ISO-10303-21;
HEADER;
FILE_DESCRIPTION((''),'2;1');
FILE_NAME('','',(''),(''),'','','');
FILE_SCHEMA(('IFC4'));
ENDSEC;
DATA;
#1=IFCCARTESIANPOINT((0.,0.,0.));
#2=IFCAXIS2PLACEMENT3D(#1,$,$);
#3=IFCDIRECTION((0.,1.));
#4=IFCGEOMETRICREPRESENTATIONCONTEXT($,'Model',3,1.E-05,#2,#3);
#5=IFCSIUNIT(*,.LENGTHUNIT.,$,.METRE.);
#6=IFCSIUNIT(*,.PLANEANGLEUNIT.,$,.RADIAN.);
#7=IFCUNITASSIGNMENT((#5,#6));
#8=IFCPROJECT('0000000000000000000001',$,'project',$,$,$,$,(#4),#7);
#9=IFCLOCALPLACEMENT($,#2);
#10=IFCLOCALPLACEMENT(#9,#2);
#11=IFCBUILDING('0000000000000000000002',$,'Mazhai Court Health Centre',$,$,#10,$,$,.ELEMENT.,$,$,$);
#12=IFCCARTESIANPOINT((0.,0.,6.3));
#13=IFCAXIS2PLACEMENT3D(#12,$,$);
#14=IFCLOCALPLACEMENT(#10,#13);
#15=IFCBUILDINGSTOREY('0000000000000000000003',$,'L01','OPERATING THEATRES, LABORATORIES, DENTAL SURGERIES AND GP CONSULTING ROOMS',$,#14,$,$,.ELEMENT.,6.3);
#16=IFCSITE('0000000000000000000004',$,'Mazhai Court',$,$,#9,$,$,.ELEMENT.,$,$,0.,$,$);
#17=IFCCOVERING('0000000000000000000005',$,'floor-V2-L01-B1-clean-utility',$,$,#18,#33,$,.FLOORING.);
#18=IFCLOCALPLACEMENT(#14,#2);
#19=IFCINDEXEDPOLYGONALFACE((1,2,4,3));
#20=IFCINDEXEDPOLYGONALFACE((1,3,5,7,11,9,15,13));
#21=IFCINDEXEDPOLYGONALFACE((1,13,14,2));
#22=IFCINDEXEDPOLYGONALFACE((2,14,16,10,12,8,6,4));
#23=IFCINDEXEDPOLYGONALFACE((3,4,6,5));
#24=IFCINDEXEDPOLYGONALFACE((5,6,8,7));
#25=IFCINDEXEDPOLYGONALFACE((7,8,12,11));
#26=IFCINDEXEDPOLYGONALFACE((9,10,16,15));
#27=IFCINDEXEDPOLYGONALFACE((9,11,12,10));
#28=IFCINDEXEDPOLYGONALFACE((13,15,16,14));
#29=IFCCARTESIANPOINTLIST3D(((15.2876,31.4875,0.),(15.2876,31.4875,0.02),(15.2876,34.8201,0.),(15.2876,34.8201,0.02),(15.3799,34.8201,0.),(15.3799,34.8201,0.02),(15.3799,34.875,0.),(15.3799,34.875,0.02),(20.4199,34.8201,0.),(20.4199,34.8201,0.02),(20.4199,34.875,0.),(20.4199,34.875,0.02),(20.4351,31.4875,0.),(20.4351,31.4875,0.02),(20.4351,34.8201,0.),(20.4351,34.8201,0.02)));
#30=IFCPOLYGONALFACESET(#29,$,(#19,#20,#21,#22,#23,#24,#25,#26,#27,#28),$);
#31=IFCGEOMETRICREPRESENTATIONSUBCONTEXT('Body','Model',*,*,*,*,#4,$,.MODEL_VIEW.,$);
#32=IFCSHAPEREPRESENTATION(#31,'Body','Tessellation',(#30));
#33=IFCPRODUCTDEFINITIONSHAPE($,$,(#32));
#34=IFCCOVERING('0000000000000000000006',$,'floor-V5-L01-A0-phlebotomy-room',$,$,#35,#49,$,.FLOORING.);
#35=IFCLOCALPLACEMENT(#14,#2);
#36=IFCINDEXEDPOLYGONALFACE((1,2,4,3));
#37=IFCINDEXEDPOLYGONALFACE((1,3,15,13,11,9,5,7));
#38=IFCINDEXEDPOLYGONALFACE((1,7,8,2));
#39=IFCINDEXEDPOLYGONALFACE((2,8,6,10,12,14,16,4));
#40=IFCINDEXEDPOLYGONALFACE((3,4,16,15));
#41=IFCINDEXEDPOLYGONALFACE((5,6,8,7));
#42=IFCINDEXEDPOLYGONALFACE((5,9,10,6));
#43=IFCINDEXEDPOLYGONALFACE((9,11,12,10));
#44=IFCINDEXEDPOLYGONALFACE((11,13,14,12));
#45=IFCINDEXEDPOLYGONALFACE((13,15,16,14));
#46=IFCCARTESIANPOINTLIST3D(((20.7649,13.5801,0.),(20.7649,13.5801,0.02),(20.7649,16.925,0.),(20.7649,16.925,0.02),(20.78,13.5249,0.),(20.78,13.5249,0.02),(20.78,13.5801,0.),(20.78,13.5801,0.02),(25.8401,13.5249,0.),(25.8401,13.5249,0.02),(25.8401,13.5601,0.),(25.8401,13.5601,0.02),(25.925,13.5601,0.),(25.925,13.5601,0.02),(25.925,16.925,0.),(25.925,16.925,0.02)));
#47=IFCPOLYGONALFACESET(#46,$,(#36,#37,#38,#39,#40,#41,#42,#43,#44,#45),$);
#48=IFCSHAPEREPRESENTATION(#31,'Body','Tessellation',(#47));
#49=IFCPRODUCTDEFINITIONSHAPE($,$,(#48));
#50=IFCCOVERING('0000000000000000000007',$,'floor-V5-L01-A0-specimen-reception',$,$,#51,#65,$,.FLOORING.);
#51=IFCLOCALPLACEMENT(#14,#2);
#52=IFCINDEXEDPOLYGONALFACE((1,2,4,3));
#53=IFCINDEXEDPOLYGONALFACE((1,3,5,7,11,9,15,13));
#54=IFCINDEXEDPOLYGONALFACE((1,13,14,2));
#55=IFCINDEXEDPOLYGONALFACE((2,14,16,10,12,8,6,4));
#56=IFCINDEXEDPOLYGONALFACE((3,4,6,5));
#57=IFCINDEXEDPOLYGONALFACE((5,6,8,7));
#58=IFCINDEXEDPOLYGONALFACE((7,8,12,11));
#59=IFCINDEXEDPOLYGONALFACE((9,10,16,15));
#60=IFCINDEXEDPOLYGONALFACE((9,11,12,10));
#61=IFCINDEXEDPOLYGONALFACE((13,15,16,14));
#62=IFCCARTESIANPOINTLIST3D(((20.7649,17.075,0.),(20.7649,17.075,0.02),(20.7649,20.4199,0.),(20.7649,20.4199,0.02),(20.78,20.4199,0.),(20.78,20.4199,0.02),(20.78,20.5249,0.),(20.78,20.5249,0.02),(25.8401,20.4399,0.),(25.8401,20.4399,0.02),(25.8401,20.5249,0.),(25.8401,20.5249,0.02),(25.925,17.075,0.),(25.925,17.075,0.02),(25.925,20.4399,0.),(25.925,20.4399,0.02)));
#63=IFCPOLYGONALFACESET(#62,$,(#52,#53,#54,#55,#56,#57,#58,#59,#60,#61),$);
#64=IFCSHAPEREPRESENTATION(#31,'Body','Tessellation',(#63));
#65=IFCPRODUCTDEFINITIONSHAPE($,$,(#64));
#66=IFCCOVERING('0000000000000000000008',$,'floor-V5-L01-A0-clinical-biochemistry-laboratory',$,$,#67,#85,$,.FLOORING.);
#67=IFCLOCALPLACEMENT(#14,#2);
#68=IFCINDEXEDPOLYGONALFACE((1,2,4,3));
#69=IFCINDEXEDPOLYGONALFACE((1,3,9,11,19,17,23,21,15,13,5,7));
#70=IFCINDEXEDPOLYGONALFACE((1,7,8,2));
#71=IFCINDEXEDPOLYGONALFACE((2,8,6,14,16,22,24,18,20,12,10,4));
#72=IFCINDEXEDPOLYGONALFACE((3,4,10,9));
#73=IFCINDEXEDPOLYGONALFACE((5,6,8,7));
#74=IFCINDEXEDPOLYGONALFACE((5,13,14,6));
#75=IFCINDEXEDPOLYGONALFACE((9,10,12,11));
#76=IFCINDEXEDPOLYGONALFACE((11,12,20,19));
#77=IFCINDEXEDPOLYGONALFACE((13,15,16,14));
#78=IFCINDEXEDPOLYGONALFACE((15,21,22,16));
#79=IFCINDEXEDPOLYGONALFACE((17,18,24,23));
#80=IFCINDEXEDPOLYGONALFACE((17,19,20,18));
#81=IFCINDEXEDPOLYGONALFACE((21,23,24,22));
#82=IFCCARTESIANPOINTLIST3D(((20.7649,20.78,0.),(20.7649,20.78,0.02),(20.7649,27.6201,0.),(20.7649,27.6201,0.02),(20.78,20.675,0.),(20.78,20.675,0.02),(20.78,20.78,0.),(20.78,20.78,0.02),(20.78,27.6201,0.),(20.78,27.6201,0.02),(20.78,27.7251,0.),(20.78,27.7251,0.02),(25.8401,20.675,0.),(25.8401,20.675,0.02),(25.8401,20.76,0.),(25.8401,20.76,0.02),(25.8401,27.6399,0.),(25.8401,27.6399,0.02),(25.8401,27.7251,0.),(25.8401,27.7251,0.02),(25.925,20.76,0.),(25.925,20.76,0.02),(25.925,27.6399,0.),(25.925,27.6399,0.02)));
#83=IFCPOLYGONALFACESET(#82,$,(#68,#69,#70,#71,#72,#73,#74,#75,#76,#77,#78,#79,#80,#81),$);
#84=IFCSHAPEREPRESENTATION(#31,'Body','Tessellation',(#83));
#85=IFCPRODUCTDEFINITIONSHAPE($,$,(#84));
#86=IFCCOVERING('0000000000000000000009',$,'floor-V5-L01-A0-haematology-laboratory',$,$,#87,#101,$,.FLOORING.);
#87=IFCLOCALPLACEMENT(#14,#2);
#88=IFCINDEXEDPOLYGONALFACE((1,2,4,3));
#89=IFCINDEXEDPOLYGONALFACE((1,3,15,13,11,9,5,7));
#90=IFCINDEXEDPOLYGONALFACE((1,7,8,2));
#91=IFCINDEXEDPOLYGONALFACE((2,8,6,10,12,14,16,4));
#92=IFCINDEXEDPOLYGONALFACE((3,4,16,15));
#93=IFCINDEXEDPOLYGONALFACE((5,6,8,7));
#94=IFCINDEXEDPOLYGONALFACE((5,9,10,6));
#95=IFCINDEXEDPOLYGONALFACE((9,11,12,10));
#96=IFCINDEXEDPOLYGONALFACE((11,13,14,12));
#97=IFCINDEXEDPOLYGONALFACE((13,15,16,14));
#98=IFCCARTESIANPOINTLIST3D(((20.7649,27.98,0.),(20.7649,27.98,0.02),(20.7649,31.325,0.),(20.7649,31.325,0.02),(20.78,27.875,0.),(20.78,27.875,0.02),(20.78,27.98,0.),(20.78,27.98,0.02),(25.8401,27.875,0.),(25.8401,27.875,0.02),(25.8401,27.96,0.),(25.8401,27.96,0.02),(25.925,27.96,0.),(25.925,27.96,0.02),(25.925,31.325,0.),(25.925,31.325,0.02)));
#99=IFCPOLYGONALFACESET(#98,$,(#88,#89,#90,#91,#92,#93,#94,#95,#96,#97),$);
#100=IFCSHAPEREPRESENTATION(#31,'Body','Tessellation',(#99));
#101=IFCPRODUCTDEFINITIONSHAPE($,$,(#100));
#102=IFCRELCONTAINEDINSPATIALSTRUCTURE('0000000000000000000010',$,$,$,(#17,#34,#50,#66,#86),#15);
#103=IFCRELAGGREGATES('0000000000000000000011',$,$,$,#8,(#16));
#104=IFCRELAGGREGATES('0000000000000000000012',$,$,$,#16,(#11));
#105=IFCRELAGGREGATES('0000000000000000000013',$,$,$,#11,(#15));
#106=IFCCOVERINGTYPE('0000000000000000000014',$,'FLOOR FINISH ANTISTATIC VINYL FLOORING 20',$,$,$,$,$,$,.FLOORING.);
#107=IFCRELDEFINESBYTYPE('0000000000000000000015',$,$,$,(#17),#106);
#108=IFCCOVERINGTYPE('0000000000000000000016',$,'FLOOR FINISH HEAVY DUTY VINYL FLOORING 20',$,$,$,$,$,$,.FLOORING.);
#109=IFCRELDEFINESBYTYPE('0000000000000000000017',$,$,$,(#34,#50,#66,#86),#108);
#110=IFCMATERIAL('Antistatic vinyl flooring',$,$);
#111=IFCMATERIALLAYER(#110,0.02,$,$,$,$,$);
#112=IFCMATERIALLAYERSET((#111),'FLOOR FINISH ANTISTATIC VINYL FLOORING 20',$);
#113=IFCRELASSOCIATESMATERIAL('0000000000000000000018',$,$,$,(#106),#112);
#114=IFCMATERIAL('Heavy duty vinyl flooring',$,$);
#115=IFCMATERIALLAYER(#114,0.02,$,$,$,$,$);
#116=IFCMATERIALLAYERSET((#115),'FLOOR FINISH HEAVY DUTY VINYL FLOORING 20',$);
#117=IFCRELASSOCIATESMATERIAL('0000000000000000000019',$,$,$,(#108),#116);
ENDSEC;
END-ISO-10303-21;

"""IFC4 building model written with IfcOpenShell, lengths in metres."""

from ifc_helpers import new_model, si_unit, direction, frame, origin, place, context, subcontext, project, spatial, polyline, outline, extrude, material, layer, layer_set, type_object, element, save


model = new_model("IFC4")

# Units and contexts
model_context = context("Model", 3, precision=1e-05, world=origin(), true_north=direction((0.0, 1.0)))
body_context = subcontext(model_context, "Body", "Model", "MODEL_VIEW")
ifc_project = project(units=[si_unit("LENGTHUNIT", "METRE"), si_unit("PLANEANGLEUNIT", "RADIAN")], contexts=[model_context])

# Site, building, storey
site_placement = place(None, origin())
site = spatial("IfcSite", under=ifc_project, at=site_placement, Name="Mazhai Court", CompositionType="ELEMENT", RefElevation=0.0)
building_placement = place(site_placement, origin())
building = spatial("IfcBuilding", under=site, at=building_placement, Name="Mazhai Court Health Centre", CompositionType="ELEMENT")
storey_placement = place(building_placement, frame((0.0, 0.0, 6.3)))
storey = spatial("IfcBuildingStorey", under=building, at=storey_placement, Name="L01", Description="OPERATING THEATRES, LABORATORIES, DENTAL SURGERIES AND GP CONSULTING ROOMS", CompositionType="ELEMENT", Elevation=6.3)

# Coverings
ifc_material_1 = material(Name="Antistatic vinyl flooring")
ifc_layer_1 = layer(ifc_material_1, 0.02)
ifc_layer_set_1 = layer_set([ifc_layer_1], Name="FLOOR FINISH ANTISTATIC VINYL FLOORING 20")
covering_type_1 = type_object("IfcCoveringType", Name="FLOOR FINISH ANTISTATIC VINYL FLOORING 20", PredefinedType="FLOORING", material=ifc_layer_set_1)
covering_1_placement = place(storey_placement, origin())
element("IfcCovering", 1, at=covering_1_placement, inside=storey, type_object=covering_type_1, Name="floor-V2-L01-B1-clean-utility", PredefinedType="FLOORING", context=body_context, shape_type="SweptSolid", body=[
    extrude(outline(polyline([(20.4351, 34.8201), (20.4199, 34.8201), (20.4199, 34.875), (15.3799, 34.875), (15.3799, 34.8201), (15.2876, 34.8201), (15.2876, 31.4875), (20.4351, 31.4875), (20.4351, 34.8201)])), origin(), (0.0, 0.0, 1.0), 0.02),
])
ifc_material_2 = material(Name="Heavy duty vinyl flooring")
ifc_layer_2 = layer(ifc_material_2, 0.02)
ifc_layer_set_2 = layer_set([ifc_layer_2], Name="FLOOR FINISH HEAVY DUTY VINYL FLOORING 20")
covering_type_2 = type_object("IfcCoveringType", Name="FLOOR FINISH HEAVY DUTY VINYL FLOORING 20", PredefinedType="FLOORING", material=ifc_layer_set_2)
covering_2_placement = place(storey_placement, origin())
element("IfcCovering", 2, at=covering_2_placement, inside=storey, type_object=covering_type_2, Name="floor-V5-L01-A0-phlebotomy-room", PredefinedType="FLOORING", context=body_context, shape_type="SweptSolid", body=[
    extrude(outline(polyline([(20.7649, 13.5801), (20.78, 13.5801), (20.78, 13.5249), (25.8401, 13.5249), (25.8401, 13.5601), (25.925, 13.5601), (25.925, 16.925), (20.7649, 16.925), (20.7649, 13.5801)])), origin(), (0.0, 0.0, 1.0), 0.02),
])
covering_3_placement = place(storey_placement, origin())
element("IfcCovering", 3, at=covering_3_placement, inside=storey, type_object=covering_type_2, Name="floor-V5-L01-A0-specimen-reception", PredefinedType="FLOORING", context=body_context, shape_type="SweptSolid", body=[
    extrude(outline(polyline([(25.925, 20.4399), (25.8401, 20.4399), (25.8401, 20.5249), (20.78, 20.5249), (20.78, 20.4199), (20.7649, 20.4199), (20.7649, 17.075), (25.925, 17.075), (25.925, 20.4399)])), origin(), (0.0, 0.0, 1.0), 0.02),
])
covering_4_placement = place(storey_placement, origin())
element("IfcCovering", 4, at=covering_4_placement, inside=storey, type_object=covering_type_2, Name="floor-V5-L01-A0-clinical-biochemistry-laboratory", PredefinedType="FLOORING", context=body_context, shape_type="SweptSolid", body=[
    extrude(outline(polyline([(25.925, 27.6399), (25.8401, 27.6399), (25.8401, 27.7251), (20.78, 27.7251), (20.78, 27.6201), (20.7649, 27.6201), (20.7649, 20.78), (20.78, 20.78), (20.78, 20.675), (25.8401, 20.675), (25.8401, 20.76), (25.925, 20.76), (25.925, 27.6399)])), origin(), (0.0, 0.0, 1.0), 0.02),
])
covering_5_placement = place(storey_placement, origin())
element("IfcCovering", 5, at=covering_5_placement, inside=storey, type_object=covering_type_2, Name="floor-V5-L01-A0-haematology-laboratory", PredefinedType="FLOORING", context=body_context, shape_type="SweptSolid", body=[
    extrude(outline(polyline([(20.7649, 27.98), (20.78, 27.98), (20.78, 27.875), (25.8401, 27.875), (25.8401, 27.96), (25.925, 27.96), (25.925, 31.325), (20.7649, 31.325), (20.7649, 27.98)])), origin(), (0.0, 0.0, 1.0), 0.02),
])

save(model, "model.ifc")
